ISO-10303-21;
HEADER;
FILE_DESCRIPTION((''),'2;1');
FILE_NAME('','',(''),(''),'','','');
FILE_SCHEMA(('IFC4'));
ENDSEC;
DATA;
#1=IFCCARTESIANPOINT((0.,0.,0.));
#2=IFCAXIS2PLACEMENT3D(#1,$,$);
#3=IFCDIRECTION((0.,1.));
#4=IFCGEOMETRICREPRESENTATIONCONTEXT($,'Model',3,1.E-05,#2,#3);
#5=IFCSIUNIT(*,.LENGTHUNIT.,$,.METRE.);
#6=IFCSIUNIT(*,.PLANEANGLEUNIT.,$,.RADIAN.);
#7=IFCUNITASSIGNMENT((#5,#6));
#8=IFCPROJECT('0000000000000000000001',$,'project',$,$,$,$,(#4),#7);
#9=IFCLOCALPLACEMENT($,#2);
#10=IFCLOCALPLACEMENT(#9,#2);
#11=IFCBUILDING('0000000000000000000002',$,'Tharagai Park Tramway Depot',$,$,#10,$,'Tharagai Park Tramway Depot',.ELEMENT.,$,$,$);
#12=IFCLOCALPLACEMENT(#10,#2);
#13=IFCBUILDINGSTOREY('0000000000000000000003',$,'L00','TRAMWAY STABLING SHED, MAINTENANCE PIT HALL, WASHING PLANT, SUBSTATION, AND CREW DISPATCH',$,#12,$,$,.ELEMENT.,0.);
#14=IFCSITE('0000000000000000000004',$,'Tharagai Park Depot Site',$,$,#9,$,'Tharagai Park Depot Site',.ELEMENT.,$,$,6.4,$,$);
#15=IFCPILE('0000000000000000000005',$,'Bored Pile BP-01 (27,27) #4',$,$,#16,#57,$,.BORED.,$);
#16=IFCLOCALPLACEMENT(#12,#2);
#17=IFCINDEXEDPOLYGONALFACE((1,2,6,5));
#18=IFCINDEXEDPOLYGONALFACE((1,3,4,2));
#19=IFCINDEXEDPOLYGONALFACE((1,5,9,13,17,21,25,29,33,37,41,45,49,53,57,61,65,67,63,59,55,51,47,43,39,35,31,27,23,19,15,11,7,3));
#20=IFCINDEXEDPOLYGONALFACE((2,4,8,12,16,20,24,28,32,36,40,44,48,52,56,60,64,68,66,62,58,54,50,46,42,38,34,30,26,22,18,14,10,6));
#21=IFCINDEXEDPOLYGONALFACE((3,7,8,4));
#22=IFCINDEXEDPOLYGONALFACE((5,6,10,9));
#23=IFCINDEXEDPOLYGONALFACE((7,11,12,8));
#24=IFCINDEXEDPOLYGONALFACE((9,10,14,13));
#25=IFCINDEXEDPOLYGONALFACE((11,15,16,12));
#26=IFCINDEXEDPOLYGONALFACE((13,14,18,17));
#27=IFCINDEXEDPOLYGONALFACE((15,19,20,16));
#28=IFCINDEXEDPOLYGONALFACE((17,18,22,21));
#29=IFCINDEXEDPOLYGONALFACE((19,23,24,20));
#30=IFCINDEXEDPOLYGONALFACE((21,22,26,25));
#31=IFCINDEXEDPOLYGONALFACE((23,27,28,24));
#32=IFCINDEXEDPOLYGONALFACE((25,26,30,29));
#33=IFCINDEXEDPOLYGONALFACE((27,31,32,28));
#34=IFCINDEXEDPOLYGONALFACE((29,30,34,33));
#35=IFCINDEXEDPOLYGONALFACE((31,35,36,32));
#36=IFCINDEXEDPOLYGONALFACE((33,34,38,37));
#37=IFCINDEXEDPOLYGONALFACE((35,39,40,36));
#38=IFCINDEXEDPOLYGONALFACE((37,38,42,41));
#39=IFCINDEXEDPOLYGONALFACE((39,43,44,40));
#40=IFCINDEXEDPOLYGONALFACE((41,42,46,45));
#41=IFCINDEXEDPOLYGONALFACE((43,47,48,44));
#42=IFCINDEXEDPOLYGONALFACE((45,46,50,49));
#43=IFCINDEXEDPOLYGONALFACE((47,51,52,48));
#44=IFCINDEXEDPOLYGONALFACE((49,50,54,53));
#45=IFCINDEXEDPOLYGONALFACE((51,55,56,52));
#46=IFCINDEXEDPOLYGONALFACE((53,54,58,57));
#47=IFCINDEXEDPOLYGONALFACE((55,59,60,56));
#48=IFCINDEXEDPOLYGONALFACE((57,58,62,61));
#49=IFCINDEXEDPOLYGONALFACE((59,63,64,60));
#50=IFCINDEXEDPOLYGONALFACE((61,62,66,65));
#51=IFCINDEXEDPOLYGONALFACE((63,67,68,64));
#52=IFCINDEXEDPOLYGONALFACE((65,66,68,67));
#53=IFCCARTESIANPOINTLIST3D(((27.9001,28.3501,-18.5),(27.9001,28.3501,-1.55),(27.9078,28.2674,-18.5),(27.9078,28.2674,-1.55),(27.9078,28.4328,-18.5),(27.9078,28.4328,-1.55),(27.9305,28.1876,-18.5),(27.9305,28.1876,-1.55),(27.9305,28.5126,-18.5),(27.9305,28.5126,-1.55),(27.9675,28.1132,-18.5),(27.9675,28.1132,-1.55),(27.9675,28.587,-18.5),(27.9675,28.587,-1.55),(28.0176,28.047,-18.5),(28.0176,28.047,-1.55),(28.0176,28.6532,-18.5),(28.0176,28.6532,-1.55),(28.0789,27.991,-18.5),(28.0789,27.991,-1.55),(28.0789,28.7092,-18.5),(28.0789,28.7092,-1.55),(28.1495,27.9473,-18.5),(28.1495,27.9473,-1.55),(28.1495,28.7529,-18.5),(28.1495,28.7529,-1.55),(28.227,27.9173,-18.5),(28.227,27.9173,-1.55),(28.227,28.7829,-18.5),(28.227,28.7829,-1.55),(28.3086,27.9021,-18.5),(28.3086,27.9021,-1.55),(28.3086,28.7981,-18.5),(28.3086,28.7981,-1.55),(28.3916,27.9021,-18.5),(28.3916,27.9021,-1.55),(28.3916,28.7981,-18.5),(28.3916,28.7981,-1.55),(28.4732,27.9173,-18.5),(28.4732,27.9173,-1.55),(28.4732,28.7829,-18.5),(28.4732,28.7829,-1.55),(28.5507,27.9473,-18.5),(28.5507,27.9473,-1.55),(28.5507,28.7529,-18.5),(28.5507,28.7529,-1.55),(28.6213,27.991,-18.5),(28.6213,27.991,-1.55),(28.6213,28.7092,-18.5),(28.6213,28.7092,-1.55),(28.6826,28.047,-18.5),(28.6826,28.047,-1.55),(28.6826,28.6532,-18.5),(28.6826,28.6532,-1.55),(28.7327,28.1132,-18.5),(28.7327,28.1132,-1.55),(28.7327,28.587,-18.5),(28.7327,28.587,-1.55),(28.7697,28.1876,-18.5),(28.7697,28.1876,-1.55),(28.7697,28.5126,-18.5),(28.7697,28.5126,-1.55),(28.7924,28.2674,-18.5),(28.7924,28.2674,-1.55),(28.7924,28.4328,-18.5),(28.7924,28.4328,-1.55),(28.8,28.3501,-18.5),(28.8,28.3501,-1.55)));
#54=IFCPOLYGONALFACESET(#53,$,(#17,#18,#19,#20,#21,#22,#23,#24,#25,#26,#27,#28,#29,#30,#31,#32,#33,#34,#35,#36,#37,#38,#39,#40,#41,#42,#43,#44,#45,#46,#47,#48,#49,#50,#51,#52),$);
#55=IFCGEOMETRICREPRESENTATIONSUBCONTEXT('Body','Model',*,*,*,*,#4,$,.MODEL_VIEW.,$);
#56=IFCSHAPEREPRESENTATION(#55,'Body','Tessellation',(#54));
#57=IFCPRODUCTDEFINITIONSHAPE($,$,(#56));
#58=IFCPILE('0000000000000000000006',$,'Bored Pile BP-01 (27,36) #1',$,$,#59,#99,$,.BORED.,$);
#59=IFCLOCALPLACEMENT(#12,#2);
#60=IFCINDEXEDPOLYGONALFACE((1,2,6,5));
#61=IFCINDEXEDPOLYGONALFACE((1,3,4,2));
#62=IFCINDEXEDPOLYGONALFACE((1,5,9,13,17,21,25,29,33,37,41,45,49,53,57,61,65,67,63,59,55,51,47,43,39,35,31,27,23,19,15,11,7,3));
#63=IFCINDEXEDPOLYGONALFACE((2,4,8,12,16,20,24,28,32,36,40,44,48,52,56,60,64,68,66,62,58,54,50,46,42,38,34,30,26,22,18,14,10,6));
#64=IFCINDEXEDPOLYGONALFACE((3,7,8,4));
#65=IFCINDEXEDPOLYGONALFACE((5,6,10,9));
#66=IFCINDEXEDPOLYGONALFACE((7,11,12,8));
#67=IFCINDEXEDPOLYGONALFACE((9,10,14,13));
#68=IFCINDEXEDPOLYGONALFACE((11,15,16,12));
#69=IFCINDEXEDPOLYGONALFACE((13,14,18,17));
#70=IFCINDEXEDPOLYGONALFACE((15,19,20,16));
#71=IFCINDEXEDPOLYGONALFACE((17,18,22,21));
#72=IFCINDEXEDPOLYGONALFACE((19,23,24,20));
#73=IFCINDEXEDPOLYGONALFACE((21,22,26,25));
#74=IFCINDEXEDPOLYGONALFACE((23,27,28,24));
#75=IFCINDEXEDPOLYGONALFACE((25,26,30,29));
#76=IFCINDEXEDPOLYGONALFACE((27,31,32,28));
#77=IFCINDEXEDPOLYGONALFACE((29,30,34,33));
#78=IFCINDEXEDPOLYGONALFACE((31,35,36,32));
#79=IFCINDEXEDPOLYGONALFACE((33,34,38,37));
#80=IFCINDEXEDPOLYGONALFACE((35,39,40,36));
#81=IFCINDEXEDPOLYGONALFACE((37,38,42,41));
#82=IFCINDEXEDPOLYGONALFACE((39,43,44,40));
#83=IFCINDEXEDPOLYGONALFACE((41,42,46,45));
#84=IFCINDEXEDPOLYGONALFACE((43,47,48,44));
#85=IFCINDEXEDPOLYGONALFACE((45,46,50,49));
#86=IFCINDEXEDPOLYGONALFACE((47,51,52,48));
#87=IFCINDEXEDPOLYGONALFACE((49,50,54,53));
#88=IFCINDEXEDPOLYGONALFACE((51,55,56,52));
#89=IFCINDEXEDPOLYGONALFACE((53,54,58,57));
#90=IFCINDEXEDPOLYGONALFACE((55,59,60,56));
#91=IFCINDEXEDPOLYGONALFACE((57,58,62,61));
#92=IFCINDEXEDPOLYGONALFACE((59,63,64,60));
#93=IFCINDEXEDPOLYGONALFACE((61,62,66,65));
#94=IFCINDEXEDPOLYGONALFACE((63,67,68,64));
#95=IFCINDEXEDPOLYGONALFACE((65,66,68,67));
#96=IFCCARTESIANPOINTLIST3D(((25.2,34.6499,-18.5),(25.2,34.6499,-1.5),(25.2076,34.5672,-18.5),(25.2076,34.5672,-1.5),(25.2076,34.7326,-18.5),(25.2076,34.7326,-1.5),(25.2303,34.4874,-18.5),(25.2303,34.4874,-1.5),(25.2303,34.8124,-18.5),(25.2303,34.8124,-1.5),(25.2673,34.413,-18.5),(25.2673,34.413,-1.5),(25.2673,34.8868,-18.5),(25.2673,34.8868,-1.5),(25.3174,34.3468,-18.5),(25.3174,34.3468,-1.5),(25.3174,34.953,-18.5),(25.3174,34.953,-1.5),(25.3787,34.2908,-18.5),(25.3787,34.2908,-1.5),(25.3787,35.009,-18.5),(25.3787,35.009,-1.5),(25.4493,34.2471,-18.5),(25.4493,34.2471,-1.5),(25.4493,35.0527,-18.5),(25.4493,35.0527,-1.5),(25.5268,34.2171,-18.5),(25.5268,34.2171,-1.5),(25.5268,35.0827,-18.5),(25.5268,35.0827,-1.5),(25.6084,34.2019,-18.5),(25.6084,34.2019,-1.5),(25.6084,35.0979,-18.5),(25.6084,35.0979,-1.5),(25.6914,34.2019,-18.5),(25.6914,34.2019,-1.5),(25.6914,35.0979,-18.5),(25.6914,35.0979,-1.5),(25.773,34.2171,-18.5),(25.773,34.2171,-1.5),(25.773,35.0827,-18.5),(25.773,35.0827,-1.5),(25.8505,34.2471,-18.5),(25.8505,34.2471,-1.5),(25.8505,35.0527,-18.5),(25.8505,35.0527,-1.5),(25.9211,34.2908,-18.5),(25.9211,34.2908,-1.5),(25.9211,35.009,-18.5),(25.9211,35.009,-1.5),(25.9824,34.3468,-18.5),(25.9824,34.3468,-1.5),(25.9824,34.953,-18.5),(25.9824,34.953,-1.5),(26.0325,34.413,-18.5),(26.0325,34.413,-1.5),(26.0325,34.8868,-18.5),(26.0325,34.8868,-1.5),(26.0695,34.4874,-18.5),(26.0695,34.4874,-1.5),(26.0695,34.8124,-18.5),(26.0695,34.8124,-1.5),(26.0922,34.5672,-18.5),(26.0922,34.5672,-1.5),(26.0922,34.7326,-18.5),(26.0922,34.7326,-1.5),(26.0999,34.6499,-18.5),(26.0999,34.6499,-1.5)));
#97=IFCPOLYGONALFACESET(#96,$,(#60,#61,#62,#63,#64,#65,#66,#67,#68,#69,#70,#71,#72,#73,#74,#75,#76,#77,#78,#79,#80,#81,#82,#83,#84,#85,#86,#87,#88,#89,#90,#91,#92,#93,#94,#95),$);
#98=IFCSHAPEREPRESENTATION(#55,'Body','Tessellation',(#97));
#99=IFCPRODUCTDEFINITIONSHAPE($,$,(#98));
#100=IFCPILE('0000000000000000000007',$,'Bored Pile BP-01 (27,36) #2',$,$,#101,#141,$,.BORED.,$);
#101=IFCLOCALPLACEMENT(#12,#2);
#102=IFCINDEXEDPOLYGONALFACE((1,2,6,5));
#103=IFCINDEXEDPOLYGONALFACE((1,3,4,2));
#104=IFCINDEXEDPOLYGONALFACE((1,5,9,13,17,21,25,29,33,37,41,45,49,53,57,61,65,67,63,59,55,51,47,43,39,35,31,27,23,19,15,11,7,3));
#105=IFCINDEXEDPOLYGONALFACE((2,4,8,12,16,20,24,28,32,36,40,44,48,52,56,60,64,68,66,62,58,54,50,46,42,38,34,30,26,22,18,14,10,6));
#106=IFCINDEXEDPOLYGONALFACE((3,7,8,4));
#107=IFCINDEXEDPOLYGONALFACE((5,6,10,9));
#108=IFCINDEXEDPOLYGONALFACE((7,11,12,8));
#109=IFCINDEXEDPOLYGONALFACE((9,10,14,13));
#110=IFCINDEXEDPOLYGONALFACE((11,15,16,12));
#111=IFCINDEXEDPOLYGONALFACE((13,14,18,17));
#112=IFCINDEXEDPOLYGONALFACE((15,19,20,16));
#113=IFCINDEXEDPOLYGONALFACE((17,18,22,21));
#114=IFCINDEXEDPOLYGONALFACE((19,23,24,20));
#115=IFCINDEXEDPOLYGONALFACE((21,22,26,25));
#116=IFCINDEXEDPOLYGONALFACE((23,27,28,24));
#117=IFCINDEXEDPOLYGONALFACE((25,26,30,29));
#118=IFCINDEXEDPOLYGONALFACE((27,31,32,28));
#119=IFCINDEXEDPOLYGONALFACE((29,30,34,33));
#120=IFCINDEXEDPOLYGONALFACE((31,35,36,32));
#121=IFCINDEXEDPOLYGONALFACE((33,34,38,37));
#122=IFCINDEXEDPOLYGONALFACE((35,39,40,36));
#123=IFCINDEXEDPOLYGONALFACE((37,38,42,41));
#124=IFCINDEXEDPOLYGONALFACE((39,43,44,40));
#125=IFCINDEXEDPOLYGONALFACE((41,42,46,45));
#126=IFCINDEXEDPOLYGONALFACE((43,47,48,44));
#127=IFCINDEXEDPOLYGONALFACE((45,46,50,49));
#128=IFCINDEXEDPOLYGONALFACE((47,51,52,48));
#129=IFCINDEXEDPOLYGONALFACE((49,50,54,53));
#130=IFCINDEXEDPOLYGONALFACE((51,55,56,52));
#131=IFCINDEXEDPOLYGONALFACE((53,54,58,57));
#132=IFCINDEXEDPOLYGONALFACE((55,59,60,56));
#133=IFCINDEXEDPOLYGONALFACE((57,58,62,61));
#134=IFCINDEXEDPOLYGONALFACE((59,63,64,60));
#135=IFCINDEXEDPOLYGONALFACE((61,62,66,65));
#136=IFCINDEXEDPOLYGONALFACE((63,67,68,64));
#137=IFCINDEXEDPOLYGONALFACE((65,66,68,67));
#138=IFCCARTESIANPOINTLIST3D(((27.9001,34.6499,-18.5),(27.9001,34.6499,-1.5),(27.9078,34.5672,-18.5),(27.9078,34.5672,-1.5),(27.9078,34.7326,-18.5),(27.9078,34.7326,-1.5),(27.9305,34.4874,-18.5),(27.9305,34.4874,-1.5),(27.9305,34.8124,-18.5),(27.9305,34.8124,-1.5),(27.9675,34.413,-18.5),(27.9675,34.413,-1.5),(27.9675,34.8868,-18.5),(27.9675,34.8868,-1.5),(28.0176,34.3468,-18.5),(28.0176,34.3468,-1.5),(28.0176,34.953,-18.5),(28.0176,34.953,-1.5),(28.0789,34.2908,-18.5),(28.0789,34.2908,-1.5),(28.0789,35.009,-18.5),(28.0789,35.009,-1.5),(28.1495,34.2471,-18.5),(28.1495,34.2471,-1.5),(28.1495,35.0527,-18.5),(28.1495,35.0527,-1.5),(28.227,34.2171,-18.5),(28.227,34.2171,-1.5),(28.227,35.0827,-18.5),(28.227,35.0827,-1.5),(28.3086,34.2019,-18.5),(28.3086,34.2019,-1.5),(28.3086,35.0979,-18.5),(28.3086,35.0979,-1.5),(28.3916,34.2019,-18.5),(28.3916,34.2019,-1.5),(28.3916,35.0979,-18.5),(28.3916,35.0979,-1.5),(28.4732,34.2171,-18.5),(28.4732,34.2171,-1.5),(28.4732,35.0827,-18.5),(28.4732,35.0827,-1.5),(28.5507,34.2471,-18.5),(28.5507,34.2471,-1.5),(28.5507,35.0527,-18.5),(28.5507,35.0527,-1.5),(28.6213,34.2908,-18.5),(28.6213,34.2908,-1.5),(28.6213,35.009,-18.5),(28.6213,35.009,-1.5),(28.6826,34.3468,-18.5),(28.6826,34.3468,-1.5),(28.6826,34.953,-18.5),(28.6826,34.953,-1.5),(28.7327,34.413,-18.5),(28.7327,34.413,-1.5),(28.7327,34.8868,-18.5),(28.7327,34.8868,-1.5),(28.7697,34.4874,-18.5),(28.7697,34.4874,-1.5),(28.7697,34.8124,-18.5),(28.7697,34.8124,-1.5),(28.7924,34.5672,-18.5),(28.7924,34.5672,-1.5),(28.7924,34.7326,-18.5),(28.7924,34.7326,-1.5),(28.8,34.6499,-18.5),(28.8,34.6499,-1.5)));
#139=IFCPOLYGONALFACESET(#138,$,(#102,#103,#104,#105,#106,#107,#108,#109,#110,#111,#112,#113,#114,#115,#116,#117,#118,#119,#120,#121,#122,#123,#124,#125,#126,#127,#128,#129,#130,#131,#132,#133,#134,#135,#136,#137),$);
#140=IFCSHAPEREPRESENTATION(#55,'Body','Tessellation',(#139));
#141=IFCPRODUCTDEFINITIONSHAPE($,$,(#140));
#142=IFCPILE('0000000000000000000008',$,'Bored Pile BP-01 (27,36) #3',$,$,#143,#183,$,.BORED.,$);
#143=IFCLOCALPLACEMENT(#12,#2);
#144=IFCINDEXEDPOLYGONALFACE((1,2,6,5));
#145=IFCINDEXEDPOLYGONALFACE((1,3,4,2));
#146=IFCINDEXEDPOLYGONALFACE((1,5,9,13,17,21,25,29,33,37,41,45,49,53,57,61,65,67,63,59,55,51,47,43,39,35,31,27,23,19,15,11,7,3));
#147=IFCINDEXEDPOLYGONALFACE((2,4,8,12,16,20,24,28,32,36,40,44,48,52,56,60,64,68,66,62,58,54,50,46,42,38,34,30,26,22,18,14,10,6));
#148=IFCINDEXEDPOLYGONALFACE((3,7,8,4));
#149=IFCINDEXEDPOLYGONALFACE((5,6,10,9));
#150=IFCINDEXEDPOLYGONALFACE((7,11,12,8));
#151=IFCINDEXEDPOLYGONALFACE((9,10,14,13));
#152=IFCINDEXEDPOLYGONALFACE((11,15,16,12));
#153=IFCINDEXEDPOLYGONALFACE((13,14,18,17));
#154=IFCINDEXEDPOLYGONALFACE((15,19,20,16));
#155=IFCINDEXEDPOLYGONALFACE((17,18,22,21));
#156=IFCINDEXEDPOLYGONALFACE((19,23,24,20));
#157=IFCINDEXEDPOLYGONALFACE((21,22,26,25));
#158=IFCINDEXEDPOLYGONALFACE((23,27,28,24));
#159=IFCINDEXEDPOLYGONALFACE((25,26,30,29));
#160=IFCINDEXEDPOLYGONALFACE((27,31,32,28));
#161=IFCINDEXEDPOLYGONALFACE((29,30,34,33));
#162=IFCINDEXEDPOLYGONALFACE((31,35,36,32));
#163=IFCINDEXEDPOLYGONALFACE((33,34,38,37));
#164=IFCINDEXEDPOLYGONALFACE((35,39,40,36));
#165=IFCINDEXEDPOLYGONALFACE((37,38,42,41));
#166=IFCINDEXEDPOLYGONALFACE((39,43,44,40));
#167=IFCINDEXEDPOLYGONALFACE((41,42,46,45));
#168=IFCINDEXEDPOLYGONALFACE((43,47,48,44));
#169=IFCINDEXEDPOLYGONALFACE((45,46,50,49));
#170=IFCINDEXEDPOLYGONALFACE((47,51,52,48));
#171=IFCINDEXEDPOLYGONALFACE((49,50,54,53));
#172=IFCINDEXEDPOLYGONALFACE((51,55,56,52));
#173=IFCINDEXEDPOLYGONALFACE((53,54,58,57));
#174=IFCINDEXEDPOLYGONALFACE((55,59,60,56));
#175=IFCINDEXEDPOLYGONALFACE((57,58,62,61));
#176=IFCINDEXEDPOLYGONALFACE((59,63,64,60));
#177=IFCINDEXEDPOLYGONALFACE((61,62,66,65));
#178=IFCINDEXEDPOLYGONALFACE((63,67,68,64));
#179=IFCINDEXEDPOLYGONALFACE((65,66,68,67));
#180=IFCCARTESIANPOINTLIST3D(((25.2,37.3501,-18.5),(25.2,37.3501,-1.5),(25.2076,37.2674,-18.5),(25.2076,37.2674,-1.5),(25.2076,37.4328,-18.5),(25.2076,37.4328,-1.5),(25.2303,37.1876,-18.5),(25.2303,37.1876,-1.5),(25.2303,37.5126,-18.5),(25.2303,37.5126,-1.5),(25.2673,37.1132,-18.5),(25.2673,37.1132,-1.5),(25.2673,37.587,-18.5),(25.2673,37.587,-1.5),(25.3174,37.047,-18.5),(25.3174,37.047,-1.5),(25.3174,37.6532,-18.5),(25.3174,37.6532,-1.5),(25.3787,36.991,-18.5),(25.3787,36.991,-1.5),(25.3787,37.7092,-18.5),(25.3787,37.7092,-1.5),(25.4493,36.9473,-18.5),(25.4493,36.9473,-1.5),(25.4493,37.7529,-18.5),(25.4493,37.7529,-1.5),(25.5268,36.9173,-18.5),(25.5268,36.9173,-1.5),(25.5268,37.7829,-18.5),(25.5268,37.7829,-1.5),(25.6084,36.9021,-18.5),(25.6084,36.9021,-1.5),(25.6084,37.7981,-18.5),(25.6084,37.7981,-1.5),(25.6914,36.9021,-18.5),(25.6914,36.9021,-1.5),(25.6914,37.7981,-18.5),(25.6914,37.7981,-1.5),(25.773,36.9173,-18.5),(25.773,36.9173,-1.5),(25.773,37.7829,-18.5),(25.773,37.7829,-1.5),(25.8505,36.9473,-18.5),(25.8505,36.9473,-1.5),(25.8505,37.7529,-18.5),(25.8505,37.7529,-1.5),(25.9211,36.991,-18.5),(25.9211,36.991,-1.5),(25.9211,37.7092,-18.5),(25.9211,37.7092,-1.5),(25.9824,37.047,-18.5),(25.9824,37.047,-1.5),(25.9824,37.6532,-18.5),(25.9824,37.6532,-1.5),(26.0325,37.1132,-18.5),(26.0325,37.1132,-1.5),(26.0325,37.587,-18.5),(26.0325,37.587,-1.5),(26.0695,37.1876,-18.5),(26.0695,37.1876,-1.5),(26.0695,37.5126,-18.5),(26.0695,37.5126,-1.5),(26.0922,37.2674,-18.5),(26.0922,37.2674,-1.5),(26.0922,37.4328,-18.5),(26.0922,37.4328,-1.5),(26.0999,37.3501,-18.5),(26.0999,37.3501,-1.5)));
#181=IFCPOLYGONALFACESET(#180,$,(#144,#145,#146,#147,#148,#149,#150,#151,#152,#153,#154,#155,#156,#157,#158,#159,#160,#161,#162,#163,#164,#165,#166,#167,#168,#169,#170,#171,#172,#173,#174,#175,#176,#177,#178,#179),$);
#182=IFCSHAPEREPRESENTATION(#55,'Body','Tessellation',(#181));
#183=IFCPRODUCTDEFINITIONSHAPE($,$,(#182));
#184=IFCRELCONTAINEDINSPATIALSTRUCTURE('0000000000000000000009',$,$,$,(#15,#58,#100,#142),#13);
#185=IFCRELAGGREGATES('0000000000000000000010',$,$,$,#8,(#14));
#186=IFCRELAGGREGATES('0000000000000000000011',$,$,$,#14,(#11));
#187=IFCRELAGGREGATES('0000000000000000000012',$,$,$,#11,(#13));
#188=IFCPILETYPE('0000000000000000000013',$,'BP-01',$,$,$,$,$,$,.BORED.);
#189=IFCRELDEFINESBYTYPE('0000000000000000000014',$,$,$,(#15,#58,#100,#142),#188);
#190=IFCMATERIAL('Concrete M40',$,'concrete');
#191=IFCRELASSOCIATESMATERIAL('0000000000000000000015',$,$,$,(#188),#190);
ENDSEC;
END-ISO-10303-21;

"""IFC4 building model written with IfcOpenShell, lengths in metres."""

from ifc_helpers import new_model, si_unit, direction, frame, origin, origin_2d, place, context, subcontext, project, spatial, circle, extrude, material, material_profile, profile_set, type_object, element, save


model = new_model("IFC4")

# Units and contexts
model_context = context("Model", 3, precision=1e-05, world=origin(), true_north=direction((0.0, 1.0)))
body_context = subcontext(model_context, "Body", "Model", "MODEL_VIEW")
ifc_project = project(units=[si_unit("LENGTHUNIT", "METRE"), si_unit("PLANEANGLEUNIT", "RADIAN")], contexts=[model_context])

# Site, building, storey
site_placement = place(None, origin())
site = spatial("IfcSite", under=ifc_project, at=site_placement, Name="Tharagai Park Depot Site", LongName="Tharagai Park Depot Site", CompositionType="ELEMENT", RefElevation=6.4)
building_placement = place(site_placement, origin())
building = spatial("IfcBuilding", under=site, at=building_placement, Name="Tharagai Park Tramway Depot", LongName="Tharagai Park Tramway Depot", CompositionType="ELEMENT")
storey_placement = place(building_placement, origin())
storey = spatial("IfcBuildingStorey", under=building, at=storey_placement, Name="L00", Description="TRAMWAY STABLING SHED, MAINTENANCE PIT HALL, WASHING PLANT, SUBSTATION, AND CREW DISPATCH", CompositionType="ELEMENT", Elevation=0.0)

# Piles
ifc_material_1 = material(Name="Concrete M40", Category="concrete")
ifc_material_profile_1 = material_profile(ifc_material_1, circle(Radius=0.45, at=origin_2d()), Name="PILE D900")
ifc_profile_set_1 = profile_set([ifc_material_profile_1], Name="Concrete M40")
pile_type_1 = type_object("IfcPileType", Name="BP-01", PredefinedType="BORED", material=ifc_profile_set_1)
for number, where, z_axis, x_axis, name in (
    (1, (28.3501, 28.3501, -1.55), (0.0, 0.0, -1.0), (1.0, 0.0, 0.0), "Bored Pile BP-01 (27,27) #4"),
):
    element("IfcPile", number, at=place(storey_placement, frame(where, z_axis=z_axis, x_axis=x_axis)), inside=storey, type_object=pile_type_1, Name=name, PredefinedType="BORED", context=body_context, shape_type="SweptSolid", body=[
        extrude(circle(Radius=0.45, at=origin_2d()), origin(), (0.0, 0.0, 1.0), 16.95),
    ])
for number, where, z_axis, x_axis, name in (
    (2, (25.6499, 34.6499, -1.5), (0.0, 0.0, -1.0), (1.0, 0.0, 0.0), "Bored Pile BP-01 (27,36) #1"),
    (3, (28.3501, 34.6499, -1.5), (0.0, 0.0, -1.0), (1.0, 0.0, 0.0), "Bored Pile BP-01 (27,36) #2"),
    (4, (25.6499, 37.3501, -1.5), (0.0, 0.0, -1.0), (1.0, 0.0, 0.0), "Bored Pile BP-01 (27,36) #3"),
):
    element("IfcPile", number, at=place(storey_placement, frame(where, z_axis=z_axis, x_axis=x_axis)), inside=storey, type_object=pile_type_1, Name=name, PredefinedType="BORED", context=body_context, shape_type="SweptSolid", body=[
        extrude(circle(Radius=0.45, at=origin_2d()), origin(), (0.0, 0.0, 1.0), 17.0),
    ])

save(model, "model.ifc")
